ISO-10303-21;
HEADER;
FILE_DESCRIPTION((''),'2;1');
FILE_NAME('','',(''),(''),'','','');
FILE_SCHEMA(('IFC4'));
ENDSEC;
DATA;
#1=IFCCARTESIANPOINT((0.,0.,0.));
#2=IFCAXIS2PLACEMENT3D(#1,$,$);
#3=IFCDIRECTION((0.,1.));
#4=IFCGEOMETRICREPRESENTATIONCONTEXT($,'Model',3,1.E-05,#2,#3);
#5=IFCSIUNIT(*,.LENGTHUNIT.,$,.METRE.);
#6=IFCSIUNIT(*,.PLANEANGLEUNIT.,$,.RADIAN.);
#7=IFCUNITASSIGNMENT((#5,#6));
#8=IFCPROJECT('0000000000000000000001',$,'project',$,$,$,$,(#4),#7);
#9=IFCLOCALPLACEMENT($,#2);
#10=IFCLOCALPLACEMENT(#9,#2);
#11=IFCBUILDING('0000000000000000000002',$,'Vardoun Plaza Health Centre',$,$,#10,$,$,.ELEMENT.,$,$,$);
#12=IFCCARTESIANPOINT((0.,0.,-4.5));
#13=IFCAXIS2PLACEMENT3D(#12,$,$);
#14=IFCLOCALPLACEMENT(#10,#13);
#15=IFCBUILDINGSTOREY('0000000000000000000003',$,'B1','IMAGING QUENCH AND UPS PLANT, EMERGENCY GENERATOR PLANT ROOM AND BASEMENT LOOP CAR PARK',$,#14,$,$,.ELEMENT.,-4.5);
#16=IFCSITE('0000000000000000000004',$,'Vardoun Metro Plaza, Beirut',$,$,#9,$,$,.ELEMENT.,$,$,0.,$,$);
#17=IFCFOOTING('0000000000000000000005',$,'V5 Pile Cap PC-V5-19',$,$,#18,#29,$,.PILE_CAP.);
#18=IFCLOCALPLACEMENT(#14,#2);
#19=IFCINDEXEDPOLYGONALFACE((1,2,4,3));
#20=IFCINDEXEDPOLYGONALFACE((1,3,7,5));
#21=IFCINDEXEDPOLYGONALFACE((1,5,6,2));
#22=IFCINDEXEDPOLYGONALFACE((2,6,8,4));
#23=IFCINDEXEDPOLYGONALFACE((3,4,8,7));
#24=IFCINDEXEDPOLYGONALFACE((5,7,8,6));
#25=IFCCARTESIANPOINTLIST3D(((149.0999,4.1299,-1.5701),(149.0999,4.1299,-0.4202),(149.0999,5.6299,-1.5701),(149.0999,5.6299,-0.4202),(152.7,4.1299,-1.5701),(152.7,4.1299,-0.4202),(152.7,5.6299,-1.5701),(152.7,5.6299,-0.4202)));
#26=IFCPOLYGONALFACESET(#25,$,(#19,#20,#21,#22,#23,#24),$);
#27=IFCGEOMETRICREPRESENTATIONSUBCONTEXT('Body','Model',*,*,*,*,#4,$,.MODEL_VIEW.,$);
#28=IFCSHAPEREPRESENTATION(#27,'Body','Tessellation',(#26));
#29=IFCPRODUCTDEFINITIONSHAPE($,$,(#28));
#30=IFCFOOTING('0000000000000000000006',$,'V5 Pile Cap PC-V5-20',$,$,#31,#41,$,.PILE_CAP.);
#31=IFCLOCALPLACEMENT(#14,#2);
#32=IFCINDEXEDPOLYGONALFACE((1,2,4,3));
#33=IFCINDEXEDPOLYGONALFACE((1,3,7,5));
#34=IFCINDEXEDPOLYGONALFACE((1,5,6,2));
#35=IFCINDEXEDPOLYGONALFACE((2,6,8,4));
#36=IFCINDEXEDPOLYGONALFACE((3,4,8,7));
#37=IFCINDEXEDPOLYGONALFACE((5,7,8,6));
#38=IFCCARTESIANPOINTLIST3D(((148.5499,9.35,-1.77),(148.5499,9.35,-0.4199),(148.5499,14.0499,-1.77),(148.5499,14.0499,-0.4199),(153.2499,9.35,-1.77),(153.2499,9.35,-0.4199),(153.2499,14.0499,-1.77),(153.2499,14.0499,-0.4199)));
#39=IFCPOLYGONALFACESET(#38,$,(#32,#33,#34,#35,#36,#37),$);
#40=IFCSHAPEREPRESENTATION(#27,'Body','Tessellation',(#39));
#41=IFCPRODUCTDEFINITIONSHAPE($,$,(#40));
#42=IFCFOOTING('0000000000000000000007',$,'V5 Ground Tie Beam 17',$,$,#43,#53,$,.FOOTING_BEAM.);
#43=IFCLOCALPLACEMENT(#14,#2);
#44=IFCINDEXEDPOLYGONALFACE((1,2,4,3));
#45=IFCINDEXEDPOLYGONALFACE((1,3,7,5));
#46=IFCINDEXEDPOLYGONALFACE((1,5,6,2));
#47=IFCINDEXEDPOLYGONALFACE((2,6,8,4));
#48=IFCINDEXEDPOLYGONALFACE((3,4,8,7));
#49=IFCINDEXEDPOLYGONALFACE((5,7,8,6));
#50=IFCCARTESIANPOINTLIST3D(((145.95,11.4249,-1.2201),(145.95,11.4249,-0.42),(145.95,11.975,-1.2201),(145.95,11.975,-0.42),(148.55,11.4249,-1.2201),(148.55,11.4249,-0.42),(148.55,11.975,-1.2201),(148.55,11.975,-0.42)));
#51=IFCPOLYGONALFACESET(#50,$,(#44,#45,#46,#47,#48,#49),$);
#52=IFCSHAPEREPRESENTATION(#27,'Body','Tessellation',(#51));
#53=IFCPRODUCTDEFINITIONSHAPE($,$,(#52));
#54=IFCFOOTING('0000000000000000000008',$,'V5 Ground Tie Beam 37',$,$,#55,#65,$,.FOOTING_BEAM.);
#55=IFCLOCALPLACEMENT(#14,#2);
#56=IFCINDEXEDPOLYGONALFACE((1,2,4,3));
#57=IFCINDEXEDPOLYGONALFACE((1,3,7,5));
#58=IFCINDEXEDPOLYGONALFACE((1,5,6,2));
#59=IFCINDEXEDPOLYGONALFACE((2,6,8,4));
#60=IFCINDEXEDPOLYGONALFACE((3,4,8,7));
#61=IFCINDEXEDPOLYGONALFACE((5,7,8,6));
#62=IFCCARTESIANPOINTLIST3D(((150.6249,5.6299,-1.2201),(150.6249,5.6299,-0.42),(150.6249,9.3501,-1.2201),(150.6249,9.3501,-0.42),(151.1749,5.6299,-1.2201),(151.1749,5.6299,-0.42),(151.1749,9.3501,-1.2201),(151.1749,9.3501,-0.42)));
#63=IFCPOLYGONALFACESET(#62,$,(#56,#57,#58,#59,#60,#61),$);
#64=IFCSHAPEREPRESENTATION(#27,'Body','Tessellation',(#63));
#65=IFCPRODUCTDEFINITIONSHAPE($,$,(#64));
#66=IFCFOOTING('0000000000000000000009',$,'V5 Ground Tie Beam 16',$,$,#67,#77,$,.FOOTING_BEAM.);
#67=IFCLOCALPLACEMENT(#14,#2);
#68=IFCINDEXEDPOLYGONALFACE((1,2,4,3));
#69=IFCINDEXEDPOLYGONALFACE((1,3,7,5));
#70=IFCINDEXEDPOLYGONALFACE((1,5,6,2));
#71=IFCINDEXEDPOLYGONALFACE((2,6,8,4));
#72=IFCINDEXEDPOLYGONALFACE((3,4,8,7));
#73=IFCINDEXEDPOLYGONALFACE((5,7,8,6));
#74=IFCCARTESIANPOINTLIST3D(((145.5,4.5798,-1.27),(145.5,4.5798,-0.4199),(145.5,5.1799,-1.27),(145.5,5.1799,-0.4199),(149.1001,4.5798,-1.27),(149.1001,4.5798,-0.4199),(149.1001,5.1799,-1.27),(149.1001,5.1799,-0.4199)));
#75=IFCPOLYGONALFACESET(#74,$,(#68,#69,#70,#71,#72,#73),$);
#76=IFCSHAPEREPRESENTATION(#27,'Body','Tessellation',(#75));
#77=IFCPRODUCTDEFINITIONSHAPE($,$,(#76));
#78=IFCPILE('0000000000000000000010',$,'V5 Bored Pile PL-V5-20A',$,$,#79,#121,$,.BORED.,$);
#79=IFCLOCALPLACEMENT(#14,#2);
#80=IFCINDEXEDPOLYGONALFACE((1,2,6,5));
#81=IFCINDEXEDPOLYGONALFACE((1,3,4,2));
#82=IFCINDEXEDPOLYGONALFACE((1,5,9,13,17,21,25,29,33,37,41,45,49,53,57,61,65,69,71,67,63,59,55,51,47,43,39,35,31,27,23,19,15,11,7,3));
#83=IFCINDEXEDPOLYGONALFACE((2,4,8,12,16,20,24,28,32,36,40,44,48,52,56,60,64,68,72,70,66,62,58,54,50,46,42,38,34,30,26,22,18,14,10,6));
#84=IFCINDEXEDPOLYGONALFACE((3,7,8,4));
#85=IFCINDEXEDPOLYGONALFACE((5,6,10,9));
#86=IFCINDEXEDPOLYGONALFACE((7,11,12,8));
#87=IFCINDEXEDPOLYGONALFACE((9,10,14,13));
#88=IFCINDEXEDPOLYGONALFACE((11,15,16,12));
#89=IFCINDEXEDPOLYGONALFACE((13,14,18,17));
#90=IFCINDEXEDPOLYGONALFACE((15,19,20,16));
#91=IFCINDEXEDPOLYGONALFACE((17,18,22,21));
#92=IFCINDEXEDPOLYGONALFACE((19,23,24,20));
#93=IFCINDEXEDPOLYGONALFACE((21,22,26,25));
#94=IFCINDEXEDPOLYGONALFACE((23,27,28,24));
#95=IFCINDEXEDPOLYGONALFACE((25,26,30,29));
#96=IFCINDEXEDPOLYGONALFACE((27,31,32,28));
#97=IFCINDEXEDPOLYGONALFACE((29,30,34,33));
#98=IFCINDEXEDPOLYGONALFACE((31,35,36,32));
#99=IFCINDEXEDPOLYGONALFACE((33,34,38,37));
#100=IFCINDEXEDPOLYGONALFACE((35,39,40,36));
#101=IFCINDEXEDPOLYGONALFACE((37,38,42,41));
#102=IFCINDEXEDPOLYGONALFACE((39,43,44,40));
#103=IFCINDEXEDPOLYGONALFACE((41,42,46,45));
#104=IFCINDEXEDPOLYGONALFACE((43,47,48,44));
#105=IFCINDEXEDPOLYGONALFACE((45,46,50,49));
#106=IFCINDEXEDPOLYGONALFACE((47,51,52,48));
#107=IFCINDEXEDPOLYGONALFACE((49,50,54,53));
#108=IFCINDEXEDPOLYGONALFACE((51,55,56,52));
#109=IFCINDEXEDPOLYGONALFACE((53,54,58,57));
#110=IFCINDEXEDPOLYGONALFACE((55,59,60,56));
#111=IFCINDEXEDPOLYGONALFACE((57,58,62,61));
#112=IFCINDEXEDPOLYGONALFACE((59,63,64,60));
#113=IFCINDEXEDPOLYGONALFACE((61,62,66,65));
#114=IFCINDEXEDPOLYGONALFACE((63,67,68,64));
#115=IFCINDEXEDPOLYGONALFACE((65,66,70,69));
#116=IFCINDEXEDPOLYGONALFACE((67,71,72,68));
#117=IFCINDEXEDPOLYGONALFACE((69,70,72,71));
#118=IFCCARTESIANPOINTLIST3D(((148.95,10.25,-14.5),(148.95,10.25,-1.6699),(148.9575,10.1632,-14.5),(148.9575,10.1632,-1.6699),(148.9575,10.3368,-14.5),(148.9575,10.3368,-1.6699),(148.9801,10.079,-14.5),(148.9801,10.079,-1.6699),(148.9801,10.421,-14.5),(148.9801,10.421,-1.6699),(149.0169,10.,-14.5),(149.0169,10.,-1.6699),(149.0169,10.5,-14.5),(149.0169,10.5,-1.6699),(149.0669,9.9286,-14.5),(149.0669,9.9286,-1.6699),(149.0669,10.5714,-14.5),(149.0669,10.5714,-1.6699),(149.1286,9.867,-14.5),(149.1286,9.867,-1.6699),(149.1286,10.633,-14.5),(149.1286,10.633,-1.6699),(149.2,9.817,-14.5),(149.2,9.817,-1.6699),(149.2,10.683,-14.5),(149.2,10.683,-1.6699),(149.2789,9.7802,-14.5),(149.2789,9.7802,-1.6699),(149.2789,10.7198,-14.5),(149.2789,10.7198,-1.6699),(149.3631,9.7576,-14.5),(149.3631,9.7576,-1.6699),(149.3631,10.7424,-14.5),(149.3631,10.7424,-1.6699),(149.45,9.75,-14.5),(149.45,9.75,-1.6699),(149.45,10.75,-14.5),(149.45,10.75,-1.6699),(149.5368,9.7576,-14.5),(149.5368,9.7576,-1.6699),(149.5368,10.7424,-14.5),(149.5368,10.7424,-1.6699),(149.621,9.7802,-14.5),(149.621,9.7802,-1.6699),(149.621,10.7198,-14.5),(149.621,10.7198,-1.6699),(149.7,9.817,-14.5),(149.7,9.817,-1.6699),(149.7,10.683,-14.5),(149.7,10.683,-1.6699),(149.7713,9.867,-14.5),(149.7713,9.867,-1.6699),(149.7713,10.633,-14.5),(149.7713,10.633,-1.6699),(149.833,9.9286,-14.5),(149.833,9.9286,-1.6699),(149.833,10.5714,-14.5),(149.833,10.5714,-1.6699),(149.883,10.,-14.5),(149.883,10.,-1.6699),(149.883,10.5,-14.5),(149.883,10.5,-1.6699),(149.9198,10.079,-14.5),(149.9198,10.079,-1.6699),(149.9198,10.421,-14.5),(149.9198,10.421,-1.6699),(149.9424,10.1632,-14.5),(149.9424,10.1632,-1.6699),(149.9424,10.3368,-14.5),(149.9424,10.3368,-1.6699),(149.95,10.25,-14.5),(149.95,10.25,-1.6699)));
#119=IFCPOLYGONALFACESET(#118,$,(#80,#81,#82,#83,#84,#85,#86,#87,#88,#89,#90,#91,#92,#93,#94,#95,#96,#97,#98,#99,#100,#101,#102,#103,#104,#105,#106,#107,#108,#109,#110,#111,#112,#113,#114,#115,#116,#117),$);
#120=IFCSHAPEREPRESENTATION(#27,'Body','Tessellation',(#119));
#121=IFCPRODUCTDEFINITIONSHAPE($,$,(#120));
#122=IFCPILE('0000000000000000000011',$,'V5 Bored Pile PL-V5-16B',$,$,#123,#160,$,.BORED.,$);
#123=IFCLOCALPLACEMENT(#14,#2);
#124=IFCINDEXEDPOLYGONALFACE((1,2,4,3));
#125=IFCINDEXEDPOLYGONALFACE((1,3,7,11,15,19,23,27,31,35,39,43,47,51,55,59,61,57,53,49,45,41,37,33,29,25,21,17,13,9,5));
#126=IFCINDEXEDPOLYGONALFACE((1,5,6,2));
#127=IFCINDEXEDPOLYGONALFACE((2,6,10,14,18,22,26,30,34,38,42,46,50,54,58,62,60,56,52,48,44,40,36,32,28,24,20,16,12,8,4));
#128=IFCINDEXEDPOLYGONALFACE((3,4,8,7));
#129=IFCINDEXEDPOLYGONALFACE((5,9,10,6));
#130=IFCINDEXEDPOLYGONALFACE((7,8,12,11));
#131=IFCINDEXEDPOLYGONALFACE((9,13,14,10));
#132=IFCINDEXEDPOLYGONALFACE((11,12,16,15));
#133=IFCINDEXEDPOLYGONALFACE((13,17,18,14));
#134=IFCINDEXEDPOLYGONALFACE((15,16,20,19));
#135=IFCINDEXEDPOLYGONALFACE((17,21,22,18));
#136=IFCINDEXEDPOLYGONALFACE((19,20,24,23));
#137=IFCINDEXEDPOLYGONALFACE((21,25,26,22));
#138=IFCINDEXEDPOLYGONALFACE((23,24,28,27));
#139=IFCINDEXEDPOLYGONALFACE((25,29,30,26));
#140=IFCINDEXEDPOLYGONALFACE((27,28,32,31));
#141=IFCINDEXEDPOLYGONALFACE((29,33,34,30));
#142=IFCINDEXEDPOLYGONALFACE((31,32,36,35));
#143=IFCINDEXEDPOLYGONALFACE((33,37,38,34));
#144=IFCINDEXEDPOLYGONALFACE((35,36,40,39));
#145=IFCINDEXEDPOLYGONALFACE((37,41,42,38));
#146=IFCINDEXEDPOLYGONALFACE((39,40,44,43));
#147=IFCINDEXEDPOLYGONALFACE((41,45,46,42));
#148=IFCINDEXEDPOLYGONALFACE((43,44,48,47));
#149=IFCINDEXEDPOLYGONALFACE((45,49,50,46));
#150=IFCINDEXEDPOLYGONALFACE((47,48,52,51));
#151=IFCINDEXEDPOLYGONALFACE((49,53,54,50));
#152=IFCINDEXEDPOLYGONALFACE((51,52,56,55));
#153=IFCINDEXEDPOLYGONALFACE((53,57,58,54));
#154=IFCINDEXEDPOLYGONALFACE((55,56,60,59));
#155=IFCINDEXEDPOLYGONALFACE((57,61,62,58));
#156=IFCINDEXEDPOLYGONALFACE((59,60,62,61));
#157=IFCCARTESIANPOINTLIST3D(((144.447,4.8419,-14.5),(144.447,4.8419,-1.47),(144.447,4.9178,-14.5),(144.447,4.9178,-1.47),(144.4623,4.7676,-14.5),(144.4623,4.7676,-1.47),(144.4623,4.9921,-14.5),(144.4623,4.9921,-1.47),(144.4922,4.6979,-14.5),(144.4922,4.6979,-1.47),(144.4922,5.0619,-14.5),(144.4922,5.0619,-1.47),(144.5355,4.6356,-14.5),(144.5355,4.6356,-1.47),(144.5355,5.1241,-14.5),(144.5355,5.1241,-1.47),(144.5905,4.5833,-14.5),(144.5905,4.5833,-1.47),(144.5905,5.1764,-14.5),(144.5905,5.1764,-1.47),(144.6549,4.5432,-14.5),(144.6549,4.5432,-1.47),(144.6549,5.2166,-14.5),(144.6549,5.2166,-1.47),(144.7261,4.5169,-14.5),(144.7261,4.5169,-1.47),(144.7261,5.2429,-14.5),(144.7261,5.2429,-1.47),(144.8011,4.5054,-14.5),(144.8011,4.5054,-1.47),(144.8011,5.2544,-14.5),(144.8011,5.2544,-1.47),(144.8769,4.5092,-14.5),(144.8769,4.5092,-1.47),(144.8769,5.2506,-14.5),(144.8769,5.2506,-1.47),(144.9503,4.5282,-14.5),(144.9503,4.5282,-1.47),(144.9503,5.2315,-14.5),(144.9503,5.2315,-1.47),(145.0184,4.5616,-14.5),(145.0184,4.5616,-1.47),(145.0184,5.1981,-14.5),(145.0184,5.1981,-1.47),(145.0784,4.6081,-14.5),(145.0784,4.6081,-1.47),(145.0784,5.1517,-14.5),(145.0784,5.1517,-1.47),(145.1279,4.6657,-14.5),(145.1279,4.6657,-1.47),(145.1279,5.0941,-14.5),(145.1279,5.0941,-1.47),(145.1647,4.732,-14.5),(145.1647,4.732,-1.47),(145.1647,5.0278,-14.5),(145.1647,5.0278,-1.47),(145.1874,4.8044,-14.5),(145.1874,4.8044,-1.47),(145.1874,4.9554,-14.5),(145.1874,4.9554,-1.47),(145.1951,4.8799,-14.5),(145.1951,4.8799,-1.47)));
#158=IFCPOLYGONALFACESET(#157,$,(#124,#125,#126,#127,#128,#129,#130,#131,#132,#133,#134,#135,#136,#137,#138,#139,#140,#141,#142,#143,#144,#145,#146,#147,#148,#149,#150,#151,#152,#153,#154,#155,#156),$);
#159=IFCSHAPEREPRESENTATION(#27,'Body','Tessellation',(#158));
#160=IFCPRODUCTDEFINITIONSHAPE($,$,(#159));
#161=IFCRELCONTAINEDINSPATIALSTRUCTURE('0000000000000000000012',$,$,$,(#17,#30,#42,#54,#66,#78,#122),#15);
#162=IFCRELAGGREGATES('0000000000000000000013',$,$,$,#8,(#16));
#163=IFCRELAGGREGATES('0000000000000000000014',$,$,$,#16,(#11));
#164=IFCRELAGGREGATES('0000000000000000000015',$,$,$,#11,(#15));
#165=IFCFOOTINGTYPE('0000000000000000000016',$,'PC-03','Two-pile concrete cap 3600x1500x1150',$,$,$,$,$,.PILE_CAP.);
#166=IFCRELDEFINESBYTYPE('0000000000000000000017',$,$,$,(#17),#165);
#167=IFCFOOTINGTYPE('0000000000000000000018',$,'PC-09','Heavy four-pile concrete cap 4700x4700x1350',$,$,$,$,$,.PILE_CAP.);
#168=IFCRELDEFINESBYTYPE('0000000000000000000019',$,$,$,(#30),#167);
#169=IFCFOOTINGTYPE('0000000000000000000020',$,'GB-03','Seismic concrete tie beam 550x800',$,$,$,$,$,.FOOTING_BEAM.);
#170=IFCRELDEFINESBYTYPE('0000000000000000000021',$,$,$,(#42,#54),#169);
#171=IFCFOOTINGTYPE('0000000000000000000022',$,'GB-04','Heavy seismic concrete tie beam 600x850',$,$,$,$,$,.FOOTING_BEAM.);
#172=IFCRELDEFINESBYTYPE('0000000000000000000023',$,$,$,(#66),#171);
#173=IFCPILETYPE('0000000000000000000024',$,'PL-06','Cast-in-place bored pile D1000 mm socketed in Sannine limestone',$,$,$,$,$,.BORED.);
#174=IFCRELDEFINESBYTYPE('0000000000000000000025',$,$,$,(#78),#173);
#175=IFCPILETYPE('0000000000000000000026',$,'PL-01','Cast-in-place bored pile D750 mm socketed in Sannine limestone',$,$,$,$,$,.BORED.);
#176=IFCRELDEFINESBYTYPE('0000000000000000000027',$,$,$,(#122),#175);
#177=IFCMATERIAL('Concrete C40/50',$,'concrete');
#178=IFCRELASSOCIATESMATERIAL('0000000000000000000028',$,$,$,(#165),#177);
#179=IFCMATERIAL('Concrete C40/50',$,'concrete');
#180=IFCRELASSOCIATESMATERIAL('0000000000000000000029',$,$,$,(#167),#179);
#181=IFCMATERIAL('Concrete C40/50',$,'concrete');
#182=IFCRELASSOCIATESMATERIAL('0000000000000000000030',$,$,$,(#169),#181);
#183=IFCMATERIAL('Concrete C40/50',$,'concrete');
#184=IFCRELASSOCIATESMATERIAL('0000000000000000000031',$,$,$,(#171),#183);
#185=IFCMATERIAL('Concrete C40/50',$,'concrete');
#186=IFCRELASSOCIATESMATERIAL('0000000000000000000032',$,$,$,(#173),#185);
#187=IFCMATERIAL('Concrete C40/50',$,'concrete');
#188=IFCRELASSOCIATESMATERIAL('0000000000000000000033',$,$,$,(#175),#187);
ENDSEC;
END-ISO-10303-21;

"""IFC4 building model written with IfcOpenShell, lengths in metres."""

from ifc_helpers import new_model, si_unit, direction, frame, origin, origin_2d, place, context, subcontext, project, spatial, rectangle, circle, extrude, material, material_profile, profile_set, type_object, element, save


model = new_model("IFC4")

# Units and contexts
model_context = context("Model", 3, precision=1e-05, world=origin(), true_north=direction((0.0, 1.0)))
body_context = subcontext(model_context, "Body", "Model", "MODEL_VIEW")
ifc_project = project(units=[si_unit("LENGTHUNIT", "METRE"), si_unit("PLANEANGLEUNIT", "RADIAN")], contexts=[model_context])

# Site, building, storey
site_placement = place(None, origin())
site = spatial("IfcSite", under=ifc_project, at=site_placement, Name="Vardoun Metro Plaza, Beirut", CompositionType="ELEMENT", RefElevation=0.0)
building_placement = place(site_placement, origin())
building = spatial("IfcBuilding", under=site, at=building_placement, Name="Vardoun Plaza Health Centre", CompositionType="ELEMENT")
storey_placement = place(building_placement, frame((0.0, 0.0, -4.5)))
storey = spatial("IfcBuildingStorey", under=building, at=storey_placement, Name="B1", Description="IMAGING QUENCH AND UPS PLANT, EMERGENCY GENERATOR PLANT ROOM AND BASEMENT LOOP CAR PARK", CompositionType="ELEMENT", Elevation=-4.5)

# Footings
ifc_material_1 = material(Name="Concrete C40/50", Category="concrete")
footing_type_1 = type_object("IfcFootingType", Name="PC-03", Description="Two-pile concrete cap 3600x1500x1150", PredefinedType="PILE_CAP", material=ifc_material_1)
footing_1_placement = place(storey_placement, frame((150.8999, 4.8799, -1.5701), z_axis=(0.0, 0.0, 1.0), x_axis=(1.0, 0.0, 0.0)))
element("IfcFooting", 1, at=footing_1_placement, inside=storey, type_object=footing_type_1, Name="V5 Pile Cap PC-V5-19", PredefinedType="PILE_CAP", context=body_context, shape_type="SweptSolid", body=[
    extrude(rectangle(XDim=3.6001, YDim=1.5, at=origin_2d()), origin(), (0.0, 0.0, 1.0), 1.1499),
])
ifc_material_2 = material(Name="Concrete C40/50", Category="concrete")
footing_type_2 = type_object("IfcFootingType", Name="PC-09", Description="Heavy four-pile concrete cap 4700x4700x1350", PredefinedType="PILE_CAP", material=ifc_material_2)
footing_2_placement = place(storey_placement, frame((150.8999, 11.7, -1.77), z_axis=(0.0, 0.0, 1.0), x_axis=(1.0, 0.0, 0.0)))
element("IfcFooting", 2, at=footing_2_placement, inside=storey, type_object=footing_type_2, Name="V5 Pile Cap PC-V5-20", PredefinedType="PILE_CAP", context=body_context, shape_type="SweptSolid", body=[
    extrude(rectangle(XDim=4.7, YDim=4.7, at=origin_2d()), origin(), (0.0, 0.0, 1.0), 1.3501),
])
ifc_material_3 = material(Name="Concrete C40/50", Category="concrete")
ifc_material_profile_1 = material_profile(ifc_material_3, rectangle(XDim=0.55, YDim=0.8, at=origin_2d()), Name="GB 550x800")
ifc_profile_set_1 = profile_set([ifc_material_profile_1], Name="Concrete C40/50")
footing_type_3 = type_object("IfcFootingType", Name="GB-03", Description="Seismic concrete tie beam 550x800", PredefinedType="FOOTING_BEAM", material=ifc_profile_set_1)
footing_3_placement = place(storey_placement, frame((145.95, 11.7, -0.8201), z_axis=(1.0, 0.0, 0.0), x_axis=(0.0, 1.0, 0.0)))
element("IfcFooting", 3, at=footing_3_placement, inside=storey, type_object=footing_type_3, Name="V5 Ground Tie Beam 17", PredefinedType="FOOTING_BEAM", context=body_context, shape_type="SweptSolid", body=[
    extrude(rectangle(XDim=0.55, YDim=0.8, at=origin_2d()), origin(), (0.0, 0.0, 1.0), 2.6001),
])
footing_4_placement = place(storey_placement, frame((150.8999, 5.6299, -0.8201), z_axis=(0.0, 1.0, 0.0), x_axis=(-1.0, 0.0, 0.0)))
element("IfcFooting", 4, at=footing_4_placement, inside=storey, type_object=footing_type_3, Name="V5 Ground Tie Beam 37", PredefinedType="FOOTING_BEAM", context=body_context, shape_type="SweptSolid", body=[
    extrude(rectangle(XDim=0.55, YDim=0.8, at=origin_2d()), origin(), (0.0, 0.0, 1.0), 3.7202),
])
ifc_material_4 = material(Name="Concrete C40/50", Category="concrete")
ifc_material_profile_2 = material_profile(ifc_material_4, rectangle(XDim=0.6001, YDim=0.8501, at=origin_2d()), Name="GB 600x850")
ifc_profile_set_2 = profile_set([ifc_material_profile_2], Name="Concrete C40/50")
footing_type_4 = type_object("IfcFootingType", Name="GB-04", Description="Heavy seismic concrete tie beam 600x850", PredefinedType="FOOTING_BEAM", material=ifc_profile_set_2)
footing_5_placement = place(storey_placement, frame((145.5, 4.8799, -0.845), z_axis=(1.0, 0.0, 0.0), x_axis=(0.0, 1.0, 0.0)))
element("IfcFooting", 5, at=footing_5_placement, inside=storey, type_object=footing_type_4, Name="V5 Ground Tie Beam 16", PredefinedType="FOOTING_BEAM", context=body_context, shape_type="SweptSolid", body=[
    extrude(rectangle(XDim=0.6001, YDim=0.8501, at=origin_2d()), origin(), (0.0, 0.0, 1.0), 3.6001),
])

# Piles
ifc_material_5 = material(Name="Concrete C40/50", Category="concrete")
ifc_material_profile_3 = material_profile(ifc_material_5, circle(Radius=0.5, at=origin_2d()), Name="PILE D1000")
ifc_profile_set_3 = profile_set([ifc_material_profile_3], Name="Concrete C40/50")
pile_type_1 = type_object("IfcPileType", Name="PL-06", Description="Cast-in-place bored pile D1000 mm socketed in Sannine limestone", PredefinedType="BORED", material=ifc_profile_set_3)
pile_1_placement = place(storey_placement, frame((149.45, 10.25, -1.6699), z_axis=(0.0, 0.0, -1.0), x_axis=(1.0, 0.0, 0.0)))
element("IfcPile", 6, at=pile_1_placement, inside=storey, type_object=pile_type_1, Name="V5 Bored Pile PL-V5-20A", PredefinedType="BORED", context=body_context, shape_type="SweptSolid", body=[
    extrude(circle(Radius=0.5, at=origin_2d()), origin(), (0.0, 0.0, 1.0), 12.8301),
])
ifc_material_6 = material(Name="Concrete C40/50", Category="concrete")
ifc_material_profile_4 = material_profile(ifc_material_6, circle(Radius=0.375, at=origin_2d()), Name="PILE D750")
ifc_profile_set_4 = profile_set([ifc_material_profile_4], Name="Concrete C40/50")
pile_type_2 = type_object("IfcPileType", Name="PL-01", Description="Cast-in-place bored pile D750 mm socketed in Sannine limestone", PredefinedType="BORED", material=ifc_profile_set_4)
for number, where, z_axis, x_axis, name in (
    (7, (144.8201, 4.8799, -1.47), (0.0, 0.0, -1.0), (1.0, 0.0, 0.0), "V5 Bored Pile PL-V5-16B"),
):
    element("IfcPile", number, at=place(storey_placement, frame(where, z_axis=z_axis, x_axis=x_axis)), inside=storey, type_object=pile_type_2, Name=name, PredefinedType="BORED", context=body_context, shape_type="SweptSolid", body=[
        extrude(circle(Radius=0.375, at=origin_2d()), origin(), (0.0, 0.0, 1.0), 13.03),
    ])

save(model, "model.ifc")
